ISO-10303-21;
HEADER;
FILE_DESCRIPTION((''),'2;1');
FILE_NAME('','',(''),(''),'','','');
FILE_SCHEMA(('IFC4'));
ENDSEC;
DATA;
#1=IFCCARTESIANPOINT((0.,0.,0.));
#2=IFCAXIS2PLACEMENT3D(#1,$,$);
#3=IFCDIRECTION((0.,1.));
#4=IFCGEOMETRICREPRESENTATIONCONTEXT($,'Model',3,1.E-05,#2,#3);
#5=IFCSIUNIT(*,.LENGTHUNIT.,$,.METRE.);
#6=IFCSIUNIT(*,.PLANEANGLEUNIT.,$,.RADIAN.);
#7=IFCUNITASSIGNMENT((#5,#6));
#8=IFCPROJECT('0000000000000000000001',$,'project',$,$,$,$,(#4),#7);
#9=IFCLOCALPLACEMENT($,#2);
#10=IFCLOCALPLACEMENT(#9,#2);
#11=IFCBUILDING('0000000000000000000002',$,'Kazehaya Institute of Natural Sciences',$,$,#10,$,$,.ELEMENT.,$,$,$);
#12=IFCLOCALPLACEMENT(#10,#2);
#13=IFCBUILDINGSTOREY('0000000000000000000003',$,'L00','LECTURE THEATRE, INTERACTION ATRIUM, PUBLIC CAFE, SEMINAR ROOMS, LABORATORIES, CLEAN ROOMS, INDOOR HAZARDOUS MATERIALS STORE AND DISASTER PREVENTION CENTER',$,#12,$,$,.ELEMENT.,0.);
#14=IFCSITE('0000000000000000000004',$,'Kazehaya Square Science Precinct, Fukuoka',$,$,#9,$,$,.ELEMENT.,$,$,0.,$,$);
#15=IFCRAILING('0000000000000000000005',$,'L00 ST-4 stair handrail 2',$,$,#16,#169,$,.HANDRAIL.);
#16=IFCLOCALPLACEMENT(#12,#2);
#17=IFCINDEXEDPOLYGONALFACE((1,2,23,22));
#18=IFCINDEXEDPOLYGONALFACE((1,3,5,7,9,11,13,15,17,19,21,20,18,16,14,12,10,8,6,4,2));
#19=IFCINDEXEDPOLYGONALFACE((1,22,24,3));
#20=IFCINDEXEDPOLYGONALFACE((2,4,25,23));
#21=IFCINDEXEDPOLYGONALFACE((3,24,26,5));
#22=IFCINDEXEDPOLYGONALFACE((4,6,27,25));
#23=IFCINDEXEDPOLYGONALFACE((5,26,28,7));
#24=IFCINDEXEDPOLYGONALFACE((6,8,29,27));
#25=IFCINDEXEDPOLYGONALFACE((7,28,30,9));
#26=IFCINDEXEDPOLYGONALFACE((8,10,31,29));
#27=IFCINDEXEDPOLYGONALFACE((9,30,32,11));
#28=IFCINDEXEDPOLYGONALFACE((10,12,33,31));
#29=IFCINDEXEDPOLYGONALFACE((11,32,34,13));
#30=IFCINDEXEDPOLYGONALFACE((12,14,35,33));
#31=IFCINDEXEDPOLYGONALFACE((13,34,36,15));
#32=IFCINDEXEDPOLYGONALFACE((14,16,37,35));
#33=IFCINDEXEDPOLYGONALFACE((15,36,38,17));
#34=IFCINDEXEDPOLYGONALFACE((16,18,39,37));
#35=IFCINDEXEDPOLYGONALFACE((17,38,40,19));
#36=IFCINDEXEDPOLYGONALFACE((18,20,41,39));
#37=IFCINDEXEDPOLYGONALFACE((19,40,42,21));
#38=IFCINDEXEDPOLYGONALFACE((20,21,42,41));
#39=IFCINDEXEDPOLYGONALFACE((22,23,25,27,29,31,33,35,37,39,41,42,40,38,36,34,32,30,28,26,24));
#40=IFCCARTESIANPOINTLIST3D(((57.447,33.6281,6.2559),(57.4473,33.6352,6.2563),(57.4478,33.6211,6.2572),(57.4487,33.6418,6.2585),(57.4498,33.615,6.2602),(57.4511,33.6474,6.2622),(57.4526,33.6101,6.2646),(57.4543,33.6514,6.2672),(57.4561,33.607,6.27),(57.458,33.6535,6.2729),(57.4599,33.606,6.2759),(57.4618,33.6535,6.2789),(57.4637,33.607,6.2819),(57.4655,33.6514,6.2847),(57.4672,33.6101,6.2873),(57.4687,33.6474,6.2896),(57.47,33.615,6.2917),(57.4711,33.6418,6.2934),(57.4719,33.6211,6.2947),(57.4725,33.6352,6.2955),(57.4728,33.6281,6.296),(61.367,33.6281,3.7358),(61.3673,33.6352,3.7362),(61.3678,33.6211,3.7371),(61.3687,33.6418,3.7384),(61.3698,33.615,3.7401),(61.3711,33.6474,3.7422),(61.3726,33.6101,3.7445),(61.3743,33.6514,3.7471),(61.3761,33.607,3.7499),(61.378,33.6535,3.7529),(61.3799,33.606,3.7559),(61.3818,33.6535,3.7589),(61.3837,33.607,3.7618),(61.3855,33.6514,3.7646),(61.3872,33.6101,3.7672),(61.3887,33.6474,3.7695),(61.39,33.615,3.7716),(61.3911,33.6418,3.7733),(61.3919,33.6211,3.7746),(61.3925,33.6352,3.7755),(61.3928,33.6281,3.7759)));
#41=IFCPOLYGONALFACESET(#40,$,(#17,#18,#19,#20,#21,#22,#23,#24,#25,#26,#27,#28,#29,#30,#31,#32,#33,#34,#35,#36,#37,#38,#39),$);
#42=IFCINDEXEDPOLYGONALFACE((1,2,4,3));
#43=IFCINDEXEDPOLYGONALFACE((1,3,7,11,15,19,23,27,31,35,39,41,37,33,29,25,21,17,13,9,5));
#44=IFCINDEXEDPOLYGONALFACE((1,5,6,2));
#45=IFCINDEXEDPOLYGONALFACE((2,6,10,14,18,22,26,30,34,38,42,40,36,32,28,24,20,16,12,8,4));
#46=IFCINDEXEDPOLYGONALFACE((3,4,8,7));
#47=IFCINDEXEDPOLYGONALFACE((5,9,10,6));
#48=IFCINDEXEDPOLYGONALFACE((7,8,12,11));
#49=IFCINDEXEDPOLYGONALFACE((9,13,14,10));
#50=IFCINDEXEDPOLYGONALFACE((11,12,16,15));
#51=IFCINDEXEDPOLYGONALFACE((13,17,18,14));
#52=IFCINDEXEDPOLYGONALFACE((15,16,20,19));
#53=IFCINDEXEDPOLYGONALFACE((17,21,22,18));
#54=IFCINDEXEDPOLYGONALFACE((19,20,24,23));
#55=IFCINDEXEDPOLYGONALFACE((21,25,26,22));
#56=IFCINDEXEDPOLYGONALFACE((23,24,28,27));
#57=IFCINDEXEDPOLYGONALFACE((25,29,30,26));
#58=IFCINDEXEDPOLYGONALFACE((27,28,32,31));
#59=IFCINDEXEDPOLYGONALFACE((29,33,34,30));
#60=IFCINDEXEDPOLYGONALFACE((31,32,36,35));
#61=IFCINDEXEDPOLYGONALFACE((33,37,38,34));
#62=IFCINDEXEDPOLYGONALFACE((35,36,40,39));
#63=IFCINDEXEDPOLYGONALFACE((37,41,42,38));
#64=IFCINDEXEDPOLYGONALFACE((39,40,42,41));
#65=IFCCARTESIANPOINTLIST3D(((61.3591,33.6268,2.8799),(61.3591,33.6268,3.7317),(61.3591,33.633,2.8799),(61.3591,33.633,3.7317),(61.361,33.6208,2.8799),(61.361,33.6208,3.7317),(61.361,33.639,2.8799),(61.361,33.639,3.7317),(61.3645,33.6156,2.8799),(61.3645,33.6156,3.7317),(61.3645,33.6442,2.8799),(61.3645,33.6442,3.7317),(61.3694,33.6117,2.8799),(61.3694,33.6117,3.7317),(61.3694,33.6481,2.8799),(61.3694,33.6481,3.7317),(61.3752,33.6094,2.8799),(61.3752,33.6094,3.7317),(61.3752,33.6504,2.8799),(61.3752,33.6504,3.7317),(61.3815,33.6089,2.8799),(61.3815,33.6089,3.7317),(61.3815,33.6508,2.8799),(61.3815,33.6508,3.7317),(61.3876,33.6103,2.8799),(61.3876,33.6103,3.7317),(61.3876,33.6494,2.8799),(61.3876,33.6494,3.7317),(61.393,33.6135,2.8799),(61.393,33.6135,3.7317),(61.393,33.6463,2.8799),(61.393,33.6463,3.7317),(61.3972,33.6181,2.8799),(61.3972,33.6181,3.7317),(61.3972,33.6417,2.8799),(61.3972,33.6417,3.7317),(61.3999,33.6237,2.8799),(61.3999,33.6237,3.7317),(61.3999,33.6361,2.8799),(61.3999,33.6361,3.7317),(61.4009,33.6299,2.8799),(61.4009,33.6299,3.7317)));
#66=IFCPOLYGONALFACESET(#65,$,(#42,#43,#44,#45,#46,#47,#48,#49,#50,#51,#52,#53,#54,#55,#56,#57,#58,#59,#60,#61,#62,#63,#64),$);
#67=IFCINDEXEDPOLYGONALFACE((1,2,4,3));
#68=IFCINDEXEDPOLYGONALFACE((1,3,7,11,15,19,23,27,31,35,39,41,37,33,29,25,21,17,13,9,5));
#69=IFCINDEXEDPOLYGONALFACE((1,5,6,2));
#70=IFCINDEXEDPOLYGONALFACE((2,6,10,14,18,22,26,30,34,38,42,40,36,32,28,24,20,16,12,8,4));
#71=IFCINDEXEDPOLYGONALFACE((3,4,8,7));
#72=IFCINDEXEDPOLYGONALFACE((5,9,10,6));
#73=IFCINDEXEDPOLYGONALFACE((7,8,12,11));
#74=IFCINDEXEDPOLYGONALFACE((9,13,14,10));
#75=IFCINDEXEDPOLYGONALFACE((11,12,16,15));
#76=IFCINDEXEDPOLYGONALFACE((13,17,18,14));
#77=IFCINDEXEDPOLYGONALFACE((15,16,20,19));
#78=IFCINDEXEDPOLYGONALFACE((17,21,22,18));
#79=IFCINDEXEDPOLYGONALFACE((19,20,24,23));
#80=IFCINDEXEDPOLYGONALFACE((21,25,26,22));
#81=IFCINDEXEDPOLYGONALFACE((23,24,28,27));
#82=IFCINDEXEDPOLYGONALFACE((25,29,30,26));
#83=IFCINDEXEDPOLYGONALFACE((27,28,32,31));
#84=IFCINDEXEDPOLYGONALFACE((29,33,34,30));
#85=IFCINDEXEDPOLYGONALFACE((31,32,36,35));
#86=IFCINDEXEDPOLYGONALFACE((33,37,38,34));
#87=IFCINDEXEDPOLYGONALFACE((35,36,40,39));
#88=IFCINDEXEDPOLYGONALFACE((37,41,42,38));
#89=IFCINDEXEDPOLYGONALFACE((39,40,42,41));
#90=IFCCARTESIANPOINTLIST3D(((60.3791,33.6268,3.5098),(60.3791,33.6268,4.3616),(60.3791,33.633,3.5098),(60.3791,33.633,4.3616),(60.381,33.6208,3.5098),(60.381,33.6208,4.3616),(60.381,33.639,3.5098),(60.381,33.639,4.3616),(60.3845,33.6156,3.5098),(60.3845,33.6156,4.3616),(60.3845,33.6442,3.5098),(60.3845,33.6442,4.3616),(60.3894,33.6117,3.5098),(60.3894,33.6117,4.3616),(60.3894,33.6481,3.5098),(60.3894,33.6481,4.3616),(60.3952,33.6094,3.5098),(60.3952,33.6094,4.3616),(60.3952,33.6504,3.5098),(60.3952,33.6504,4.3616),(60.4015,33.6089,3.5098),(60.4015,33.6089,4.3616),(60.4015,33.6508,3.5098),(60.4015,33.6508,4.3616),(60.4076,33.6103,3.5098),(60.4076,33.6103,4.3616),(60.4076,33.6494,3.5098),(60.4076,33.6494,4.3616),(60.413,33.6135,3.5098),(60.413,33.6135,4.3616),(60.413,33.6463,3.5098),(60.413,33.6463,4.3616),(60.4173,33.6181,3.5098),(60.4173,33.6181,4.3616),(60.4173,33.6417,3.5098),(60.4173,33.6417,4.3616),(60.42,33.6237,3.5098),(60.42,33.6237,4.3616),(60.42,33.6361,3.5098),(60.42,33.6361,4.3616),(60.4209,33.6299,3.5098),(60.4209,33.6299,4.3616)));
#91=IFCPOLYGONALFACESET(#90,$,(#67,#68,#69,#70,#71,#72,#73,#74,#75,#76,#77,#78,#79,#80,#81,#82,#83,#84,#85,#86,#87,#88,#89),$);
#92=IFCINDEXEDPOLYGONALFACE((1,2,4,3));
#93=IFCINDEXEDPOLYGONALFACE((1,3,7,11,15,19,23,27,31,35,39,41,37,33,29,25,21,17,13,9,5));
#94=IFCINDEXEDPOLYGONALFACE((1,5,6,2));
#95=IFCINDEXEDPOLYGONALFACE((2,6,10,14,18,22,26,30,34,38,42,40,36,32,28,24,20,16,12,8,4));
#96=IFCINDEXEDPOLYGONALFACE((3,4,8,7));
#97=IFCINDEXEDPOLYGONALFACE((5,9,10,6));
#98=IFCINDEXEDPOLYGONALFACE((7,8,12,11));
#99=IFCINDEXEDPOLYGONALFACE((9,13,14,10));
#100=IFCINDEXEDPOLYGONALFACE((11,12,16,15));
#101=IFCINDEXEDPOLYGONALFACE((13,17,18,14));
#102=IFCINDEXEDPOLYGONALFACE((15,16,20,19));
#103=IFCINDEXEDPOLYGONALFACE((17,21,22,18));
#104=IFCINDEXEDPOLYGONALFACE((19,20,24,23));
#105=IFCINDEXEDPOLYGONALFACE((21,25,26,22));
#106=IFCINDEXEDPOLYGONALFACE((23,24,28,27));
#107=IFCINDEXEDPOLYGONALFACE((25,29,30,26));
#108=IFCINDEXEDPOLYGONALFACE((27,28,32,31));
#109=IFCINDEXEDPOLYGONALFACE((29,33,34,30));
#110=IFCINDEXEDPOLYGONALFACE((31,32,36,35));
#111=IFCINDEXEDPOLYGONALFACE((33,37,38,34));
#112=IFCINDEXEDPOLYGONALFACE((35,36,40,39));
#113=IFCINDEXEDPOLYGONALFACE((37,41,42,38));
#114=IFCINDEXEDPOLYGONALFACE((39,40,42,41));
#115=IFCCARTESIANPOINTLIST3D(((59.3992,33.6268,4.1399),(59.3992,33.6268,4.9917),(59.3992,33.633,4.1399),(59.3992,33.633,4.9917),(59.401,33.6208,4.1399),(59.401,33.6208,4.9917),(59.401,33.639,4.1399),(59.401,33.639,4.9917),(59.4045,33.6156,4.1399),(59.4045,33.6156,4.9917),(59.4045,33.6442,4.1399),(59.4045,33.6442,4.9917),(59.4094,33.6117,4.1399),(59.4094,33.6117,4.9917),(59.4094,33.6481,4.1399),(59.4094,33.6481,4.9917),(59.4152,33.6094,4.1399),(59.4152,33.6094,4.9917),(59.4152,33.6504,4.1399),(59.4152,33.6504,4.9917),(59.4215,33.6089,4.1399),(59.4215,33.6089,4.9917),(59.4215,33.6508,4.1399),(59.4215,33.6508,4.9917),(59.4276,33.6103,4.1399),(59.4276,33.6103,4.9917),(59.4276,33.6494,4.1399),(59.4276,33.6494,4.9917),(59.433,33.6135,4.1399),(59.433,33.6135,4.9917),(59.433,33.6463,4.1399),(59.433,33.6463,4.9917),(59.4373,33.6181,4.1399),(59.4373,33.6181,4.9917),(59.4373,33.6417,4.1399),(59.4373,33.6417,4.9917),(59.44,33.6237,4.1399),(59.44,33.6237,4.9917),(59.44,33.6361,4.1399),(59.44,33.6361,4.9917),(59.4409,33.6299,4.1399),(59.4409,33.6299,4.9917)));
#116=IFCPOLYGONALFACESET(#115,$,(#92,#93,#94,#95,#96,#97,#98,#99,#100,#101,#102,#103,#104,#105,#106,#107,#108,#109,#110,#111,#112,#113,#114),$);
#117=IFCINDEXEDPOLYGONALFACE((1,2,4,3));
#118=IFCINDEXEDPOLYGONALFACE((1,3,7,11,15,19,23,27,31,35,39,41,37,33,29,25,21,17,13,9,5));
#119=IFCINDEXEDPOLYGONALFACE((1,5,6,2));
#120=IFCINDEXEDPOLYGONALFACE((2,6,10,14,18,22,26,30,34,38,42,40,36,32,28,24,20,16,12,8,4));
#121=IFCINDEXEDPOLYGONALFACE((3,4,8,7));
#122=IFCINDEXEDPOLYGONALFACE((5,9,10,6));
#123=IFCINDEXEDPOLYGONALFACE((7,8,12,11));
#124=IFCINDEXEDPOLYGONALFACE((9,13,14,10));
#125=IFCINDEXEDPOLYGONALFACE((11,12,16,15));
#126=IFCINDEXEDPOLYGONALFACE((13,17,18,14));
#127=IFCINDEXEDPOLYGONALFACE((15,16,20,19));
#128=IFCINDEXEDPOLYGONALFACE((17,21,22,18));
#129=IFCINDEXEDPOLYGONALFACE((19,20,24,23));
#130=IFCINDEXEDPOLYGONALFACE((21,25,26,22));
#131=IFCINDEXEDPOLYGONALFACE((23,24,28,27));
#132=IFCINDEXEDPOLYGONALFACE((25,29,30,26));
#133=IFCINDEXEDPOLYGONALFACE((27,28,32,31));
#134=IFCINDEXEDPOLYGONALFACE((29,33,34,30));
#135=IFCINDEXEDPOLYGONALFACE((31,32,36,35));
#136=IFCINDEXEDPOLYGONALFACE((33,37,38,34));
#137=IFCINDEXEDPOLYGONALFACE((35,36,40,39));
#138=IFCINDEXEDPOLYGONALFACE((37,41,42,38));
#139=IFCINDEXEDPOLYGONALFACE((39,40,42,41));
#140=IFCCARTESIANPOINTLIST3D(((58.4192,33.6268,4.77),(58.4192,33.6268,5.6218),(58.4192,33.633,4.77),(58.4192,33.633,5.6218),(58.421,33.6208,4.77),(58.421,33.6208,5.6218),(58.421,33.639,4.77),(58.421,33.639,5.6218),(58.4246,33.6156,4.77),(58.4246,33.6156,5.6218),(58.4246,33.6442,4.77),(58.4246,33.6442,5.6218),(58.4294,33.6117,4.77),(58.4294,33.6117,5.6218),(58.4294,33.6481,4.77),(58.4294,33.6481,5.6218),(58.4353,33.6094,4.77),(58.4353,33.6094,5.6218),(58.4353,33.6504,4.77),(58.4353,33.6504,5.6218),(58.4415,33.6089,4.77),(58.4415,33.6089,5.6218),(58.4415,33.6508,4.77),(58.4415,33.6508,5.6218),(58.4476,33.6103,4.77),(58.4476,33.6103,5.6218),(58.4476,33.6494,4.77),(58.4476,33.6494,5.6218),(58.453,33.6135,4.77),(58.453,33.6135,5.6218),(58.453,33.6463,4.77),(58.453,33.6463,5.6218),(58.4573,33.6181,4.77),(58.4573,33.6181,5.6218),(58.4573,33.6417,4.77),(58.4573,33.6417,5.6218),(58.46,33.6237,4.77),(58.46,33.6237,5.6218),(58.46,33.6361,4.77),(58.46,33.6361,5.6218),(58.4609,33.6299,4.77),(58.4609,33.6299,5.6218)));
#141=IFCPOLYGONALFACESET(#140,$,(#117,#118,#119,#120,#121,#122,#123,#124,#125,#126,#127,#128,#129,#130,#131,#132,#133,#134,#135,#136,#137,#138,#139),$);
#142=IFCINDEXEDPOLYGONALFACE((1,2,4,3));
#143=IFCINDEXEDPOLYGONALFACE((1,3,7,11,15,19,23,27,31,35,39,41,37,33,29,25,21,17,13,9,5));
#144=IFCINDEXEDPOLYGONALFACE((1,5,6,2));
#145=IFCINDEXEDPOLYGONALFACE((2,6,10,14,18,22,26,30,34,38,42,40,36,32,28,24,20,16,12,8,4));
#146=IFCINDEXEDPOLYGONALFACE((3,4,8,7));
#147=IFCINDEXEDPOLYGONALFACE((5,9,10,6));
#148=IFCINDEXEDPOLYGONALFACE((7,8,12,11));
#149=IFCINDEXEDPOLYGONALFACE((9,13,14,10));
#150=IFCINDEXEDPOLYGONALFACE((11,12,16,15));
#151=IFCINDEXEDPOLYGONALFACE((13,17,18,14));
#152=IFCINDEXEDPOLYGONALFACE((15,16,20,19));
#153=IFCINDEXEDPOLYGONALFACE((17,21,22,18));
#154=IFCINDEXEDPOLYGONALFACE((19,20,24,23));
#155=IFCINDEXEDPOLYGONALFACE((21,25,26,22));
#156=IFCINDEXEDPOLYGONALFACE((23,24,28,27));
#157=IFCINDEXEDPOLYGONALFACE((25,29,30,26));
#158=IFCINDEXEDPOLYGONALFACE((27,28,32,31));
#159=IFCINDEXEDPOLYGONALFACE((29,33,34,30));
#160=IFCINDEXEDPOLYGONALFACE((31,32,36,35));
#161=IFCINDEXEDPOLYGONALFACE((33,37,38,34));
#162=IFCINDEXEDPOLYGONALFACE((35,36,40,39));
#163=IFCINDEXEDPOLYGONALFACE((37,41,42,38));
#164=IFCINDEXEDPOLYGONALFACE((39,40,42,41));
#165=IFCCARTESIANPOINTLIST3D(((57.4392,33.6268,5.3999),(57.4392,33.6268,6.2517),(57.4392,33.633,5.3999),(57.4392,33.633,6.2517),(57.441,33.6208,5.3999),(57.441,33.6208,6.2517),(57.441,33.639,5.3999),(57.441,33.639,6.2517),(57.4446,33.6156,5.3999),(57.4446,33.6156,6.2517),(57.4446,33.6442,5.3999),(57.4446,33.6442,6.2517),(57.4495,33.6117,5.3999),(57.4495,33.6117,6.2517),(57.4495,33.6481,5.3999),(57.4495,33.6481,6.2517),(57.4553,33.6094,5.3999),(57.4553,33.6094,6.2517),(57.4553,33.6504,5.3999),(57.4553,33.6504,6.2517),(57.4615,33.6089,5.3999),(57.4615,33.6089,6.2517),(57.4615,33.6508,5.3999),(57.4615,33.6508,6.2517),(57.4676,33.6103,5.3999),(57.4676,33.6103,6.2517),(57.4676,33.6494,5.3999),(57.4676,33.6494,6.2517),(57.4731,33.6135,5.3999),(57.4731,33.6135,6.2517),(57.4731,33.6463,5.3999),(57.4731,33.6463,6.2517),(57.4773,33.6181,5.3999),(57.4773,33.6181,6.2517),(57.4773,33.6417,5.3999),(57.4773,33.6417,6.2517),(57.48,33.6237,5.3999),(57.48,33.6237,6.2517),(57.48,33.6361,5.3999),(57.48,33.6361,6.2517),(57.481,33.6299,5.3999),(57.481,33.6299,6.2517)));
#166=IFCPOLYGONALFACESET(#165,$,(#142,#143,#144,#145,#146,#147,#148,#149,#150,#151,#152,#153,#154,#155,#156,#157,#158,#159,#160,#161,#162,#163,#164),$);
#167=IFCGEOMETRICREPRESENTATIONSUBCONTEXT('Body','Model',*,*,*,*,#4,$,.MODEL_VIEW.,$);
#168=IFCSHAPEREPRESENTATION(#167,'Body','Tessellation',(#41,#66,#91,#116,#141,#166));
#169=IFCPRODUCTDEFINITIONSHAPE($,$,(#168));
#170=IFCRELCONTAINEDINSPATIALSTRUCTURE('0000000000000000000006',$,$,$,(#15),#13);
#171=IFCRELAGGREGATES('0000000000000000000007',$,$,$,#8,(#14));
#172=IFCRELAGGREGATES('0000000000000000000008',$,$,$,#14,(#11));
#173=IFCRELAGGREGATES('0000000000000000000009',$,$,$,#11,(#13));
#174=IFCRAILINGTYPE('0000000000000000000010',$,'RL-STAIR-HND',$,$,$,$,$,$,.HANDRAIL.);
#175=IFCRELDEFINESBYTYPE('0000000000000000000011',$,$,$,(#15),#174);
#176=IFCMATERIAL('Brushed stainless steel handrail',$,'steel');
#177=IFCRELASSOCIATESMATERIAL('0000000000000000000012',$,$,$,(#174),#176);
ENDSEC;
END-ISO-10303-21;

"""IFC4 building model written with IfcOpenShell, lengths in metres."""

from ifc_helpers import new_model, si_unit, direction, frame, origin, origin_2d, place, context, subcontext, project, spatial, circle, extrude, material, type_object, element, save


model = new_model("IFC4")

# Units and contexts
model_context = context("Model", 3, precision=1e-05, world=origin(), true_north=direction((0.0, 1.0)))
body_context = subcontext(model_context, "Body", "Model", "MODEL_VIEW")
ifc_project = project(units=[si_unit("LENGTHUNIT", "METRE"), si_unit("PLANEANGLEUNIT", "RADIAN")], contexts=[model_context])

# Site, building, storey
site_placement = place(None, origin())
site = spatial("IfcSite", under=ifc_project, at=site_placement, Name="Kazehaya Square Science Precinct, Fukuoka", CompositionType="ELEMENT", RefElevation=0.0)
building_placement = place(site_placement, origin())
building = spatial("IfcBuilding", under=site, at=building_placement, Name="Kazehaya Institute of Natural Sciences", CompositionType="ELEMENT")
storey_placement = place(building_placement, origin())
storey = spatial("IfcBuildingStorey", under=building, at=storey_placement, Name="L00", Description="LECTURE THEATRE, INTERACTION ATRIUM, PUBLIC CAFE, SEMINAR ROOMS, LABORATORIES, CLEAN ROOMS, INDOOR HAZARDOUS MATERIALS STORE AND DISASTER PREVENTION CENTER", CompositionType="ELEMENT", Elevation=0.0)

# Railing
ifc_material_1 = material(Name="Brushed stainless steel handrail", Category="steel")
railing_type_1 = type_object("IfcRailingType", Name="RL-STAIR-HND", PredefinedType="HANDRAIL", material=ifc_material_1)
railing_1_placement = place(storey_placement, frame((61.3799, 33.6299, 2.8799)))
element("IfcRailing", 1, at=railing_1_placement, inside=storey, type_object=railing_type_1, Name="L00 ST-4 stair handrail 2", PredefinedType="HANDRAIL", context=body_context, shape_type="SweptSolid", body=[
    extrude(circle(Radius=0.0239, at=origin_2d()), frame((0.0, 0.0, 0.876), z_axis=(-0.841172, 0.0, 0.540768), x_axis=(0.0, -1.0, 0.0)), (0.0, 0.0, 1.0), 4.6602),
    extrude(circle(Radius=0.021, at=origin_2d()), origin(), (0.0, 0.0, 1.0), 0.8518),
    extrude(circle(Radius=0.021, at=origin_2d()), frame((-0.98, 0.0, 0.6299)), (0.0, 0.0, 1.0), 0.8518),
    extrude(circle(Radius=0.021, at=origin_2d()), frame((-1.96, 0.0, 1.26)), (0.0, 0.0, 1.0), 0.8518),
    extrude(circle(Radius=0.021, at=origin_2d()), frame((-2.9399, 0.0, 1.8901)), (0.0, 0.0, 1.0), 0.8518),
    extrude(circle(Radius=0.021, at=origin_2d()), frame((-3.9199, 0.0, 2.52)), (0.0, 0.0, 1.0), 0.8518),
])

save(model, "model.ifc")
